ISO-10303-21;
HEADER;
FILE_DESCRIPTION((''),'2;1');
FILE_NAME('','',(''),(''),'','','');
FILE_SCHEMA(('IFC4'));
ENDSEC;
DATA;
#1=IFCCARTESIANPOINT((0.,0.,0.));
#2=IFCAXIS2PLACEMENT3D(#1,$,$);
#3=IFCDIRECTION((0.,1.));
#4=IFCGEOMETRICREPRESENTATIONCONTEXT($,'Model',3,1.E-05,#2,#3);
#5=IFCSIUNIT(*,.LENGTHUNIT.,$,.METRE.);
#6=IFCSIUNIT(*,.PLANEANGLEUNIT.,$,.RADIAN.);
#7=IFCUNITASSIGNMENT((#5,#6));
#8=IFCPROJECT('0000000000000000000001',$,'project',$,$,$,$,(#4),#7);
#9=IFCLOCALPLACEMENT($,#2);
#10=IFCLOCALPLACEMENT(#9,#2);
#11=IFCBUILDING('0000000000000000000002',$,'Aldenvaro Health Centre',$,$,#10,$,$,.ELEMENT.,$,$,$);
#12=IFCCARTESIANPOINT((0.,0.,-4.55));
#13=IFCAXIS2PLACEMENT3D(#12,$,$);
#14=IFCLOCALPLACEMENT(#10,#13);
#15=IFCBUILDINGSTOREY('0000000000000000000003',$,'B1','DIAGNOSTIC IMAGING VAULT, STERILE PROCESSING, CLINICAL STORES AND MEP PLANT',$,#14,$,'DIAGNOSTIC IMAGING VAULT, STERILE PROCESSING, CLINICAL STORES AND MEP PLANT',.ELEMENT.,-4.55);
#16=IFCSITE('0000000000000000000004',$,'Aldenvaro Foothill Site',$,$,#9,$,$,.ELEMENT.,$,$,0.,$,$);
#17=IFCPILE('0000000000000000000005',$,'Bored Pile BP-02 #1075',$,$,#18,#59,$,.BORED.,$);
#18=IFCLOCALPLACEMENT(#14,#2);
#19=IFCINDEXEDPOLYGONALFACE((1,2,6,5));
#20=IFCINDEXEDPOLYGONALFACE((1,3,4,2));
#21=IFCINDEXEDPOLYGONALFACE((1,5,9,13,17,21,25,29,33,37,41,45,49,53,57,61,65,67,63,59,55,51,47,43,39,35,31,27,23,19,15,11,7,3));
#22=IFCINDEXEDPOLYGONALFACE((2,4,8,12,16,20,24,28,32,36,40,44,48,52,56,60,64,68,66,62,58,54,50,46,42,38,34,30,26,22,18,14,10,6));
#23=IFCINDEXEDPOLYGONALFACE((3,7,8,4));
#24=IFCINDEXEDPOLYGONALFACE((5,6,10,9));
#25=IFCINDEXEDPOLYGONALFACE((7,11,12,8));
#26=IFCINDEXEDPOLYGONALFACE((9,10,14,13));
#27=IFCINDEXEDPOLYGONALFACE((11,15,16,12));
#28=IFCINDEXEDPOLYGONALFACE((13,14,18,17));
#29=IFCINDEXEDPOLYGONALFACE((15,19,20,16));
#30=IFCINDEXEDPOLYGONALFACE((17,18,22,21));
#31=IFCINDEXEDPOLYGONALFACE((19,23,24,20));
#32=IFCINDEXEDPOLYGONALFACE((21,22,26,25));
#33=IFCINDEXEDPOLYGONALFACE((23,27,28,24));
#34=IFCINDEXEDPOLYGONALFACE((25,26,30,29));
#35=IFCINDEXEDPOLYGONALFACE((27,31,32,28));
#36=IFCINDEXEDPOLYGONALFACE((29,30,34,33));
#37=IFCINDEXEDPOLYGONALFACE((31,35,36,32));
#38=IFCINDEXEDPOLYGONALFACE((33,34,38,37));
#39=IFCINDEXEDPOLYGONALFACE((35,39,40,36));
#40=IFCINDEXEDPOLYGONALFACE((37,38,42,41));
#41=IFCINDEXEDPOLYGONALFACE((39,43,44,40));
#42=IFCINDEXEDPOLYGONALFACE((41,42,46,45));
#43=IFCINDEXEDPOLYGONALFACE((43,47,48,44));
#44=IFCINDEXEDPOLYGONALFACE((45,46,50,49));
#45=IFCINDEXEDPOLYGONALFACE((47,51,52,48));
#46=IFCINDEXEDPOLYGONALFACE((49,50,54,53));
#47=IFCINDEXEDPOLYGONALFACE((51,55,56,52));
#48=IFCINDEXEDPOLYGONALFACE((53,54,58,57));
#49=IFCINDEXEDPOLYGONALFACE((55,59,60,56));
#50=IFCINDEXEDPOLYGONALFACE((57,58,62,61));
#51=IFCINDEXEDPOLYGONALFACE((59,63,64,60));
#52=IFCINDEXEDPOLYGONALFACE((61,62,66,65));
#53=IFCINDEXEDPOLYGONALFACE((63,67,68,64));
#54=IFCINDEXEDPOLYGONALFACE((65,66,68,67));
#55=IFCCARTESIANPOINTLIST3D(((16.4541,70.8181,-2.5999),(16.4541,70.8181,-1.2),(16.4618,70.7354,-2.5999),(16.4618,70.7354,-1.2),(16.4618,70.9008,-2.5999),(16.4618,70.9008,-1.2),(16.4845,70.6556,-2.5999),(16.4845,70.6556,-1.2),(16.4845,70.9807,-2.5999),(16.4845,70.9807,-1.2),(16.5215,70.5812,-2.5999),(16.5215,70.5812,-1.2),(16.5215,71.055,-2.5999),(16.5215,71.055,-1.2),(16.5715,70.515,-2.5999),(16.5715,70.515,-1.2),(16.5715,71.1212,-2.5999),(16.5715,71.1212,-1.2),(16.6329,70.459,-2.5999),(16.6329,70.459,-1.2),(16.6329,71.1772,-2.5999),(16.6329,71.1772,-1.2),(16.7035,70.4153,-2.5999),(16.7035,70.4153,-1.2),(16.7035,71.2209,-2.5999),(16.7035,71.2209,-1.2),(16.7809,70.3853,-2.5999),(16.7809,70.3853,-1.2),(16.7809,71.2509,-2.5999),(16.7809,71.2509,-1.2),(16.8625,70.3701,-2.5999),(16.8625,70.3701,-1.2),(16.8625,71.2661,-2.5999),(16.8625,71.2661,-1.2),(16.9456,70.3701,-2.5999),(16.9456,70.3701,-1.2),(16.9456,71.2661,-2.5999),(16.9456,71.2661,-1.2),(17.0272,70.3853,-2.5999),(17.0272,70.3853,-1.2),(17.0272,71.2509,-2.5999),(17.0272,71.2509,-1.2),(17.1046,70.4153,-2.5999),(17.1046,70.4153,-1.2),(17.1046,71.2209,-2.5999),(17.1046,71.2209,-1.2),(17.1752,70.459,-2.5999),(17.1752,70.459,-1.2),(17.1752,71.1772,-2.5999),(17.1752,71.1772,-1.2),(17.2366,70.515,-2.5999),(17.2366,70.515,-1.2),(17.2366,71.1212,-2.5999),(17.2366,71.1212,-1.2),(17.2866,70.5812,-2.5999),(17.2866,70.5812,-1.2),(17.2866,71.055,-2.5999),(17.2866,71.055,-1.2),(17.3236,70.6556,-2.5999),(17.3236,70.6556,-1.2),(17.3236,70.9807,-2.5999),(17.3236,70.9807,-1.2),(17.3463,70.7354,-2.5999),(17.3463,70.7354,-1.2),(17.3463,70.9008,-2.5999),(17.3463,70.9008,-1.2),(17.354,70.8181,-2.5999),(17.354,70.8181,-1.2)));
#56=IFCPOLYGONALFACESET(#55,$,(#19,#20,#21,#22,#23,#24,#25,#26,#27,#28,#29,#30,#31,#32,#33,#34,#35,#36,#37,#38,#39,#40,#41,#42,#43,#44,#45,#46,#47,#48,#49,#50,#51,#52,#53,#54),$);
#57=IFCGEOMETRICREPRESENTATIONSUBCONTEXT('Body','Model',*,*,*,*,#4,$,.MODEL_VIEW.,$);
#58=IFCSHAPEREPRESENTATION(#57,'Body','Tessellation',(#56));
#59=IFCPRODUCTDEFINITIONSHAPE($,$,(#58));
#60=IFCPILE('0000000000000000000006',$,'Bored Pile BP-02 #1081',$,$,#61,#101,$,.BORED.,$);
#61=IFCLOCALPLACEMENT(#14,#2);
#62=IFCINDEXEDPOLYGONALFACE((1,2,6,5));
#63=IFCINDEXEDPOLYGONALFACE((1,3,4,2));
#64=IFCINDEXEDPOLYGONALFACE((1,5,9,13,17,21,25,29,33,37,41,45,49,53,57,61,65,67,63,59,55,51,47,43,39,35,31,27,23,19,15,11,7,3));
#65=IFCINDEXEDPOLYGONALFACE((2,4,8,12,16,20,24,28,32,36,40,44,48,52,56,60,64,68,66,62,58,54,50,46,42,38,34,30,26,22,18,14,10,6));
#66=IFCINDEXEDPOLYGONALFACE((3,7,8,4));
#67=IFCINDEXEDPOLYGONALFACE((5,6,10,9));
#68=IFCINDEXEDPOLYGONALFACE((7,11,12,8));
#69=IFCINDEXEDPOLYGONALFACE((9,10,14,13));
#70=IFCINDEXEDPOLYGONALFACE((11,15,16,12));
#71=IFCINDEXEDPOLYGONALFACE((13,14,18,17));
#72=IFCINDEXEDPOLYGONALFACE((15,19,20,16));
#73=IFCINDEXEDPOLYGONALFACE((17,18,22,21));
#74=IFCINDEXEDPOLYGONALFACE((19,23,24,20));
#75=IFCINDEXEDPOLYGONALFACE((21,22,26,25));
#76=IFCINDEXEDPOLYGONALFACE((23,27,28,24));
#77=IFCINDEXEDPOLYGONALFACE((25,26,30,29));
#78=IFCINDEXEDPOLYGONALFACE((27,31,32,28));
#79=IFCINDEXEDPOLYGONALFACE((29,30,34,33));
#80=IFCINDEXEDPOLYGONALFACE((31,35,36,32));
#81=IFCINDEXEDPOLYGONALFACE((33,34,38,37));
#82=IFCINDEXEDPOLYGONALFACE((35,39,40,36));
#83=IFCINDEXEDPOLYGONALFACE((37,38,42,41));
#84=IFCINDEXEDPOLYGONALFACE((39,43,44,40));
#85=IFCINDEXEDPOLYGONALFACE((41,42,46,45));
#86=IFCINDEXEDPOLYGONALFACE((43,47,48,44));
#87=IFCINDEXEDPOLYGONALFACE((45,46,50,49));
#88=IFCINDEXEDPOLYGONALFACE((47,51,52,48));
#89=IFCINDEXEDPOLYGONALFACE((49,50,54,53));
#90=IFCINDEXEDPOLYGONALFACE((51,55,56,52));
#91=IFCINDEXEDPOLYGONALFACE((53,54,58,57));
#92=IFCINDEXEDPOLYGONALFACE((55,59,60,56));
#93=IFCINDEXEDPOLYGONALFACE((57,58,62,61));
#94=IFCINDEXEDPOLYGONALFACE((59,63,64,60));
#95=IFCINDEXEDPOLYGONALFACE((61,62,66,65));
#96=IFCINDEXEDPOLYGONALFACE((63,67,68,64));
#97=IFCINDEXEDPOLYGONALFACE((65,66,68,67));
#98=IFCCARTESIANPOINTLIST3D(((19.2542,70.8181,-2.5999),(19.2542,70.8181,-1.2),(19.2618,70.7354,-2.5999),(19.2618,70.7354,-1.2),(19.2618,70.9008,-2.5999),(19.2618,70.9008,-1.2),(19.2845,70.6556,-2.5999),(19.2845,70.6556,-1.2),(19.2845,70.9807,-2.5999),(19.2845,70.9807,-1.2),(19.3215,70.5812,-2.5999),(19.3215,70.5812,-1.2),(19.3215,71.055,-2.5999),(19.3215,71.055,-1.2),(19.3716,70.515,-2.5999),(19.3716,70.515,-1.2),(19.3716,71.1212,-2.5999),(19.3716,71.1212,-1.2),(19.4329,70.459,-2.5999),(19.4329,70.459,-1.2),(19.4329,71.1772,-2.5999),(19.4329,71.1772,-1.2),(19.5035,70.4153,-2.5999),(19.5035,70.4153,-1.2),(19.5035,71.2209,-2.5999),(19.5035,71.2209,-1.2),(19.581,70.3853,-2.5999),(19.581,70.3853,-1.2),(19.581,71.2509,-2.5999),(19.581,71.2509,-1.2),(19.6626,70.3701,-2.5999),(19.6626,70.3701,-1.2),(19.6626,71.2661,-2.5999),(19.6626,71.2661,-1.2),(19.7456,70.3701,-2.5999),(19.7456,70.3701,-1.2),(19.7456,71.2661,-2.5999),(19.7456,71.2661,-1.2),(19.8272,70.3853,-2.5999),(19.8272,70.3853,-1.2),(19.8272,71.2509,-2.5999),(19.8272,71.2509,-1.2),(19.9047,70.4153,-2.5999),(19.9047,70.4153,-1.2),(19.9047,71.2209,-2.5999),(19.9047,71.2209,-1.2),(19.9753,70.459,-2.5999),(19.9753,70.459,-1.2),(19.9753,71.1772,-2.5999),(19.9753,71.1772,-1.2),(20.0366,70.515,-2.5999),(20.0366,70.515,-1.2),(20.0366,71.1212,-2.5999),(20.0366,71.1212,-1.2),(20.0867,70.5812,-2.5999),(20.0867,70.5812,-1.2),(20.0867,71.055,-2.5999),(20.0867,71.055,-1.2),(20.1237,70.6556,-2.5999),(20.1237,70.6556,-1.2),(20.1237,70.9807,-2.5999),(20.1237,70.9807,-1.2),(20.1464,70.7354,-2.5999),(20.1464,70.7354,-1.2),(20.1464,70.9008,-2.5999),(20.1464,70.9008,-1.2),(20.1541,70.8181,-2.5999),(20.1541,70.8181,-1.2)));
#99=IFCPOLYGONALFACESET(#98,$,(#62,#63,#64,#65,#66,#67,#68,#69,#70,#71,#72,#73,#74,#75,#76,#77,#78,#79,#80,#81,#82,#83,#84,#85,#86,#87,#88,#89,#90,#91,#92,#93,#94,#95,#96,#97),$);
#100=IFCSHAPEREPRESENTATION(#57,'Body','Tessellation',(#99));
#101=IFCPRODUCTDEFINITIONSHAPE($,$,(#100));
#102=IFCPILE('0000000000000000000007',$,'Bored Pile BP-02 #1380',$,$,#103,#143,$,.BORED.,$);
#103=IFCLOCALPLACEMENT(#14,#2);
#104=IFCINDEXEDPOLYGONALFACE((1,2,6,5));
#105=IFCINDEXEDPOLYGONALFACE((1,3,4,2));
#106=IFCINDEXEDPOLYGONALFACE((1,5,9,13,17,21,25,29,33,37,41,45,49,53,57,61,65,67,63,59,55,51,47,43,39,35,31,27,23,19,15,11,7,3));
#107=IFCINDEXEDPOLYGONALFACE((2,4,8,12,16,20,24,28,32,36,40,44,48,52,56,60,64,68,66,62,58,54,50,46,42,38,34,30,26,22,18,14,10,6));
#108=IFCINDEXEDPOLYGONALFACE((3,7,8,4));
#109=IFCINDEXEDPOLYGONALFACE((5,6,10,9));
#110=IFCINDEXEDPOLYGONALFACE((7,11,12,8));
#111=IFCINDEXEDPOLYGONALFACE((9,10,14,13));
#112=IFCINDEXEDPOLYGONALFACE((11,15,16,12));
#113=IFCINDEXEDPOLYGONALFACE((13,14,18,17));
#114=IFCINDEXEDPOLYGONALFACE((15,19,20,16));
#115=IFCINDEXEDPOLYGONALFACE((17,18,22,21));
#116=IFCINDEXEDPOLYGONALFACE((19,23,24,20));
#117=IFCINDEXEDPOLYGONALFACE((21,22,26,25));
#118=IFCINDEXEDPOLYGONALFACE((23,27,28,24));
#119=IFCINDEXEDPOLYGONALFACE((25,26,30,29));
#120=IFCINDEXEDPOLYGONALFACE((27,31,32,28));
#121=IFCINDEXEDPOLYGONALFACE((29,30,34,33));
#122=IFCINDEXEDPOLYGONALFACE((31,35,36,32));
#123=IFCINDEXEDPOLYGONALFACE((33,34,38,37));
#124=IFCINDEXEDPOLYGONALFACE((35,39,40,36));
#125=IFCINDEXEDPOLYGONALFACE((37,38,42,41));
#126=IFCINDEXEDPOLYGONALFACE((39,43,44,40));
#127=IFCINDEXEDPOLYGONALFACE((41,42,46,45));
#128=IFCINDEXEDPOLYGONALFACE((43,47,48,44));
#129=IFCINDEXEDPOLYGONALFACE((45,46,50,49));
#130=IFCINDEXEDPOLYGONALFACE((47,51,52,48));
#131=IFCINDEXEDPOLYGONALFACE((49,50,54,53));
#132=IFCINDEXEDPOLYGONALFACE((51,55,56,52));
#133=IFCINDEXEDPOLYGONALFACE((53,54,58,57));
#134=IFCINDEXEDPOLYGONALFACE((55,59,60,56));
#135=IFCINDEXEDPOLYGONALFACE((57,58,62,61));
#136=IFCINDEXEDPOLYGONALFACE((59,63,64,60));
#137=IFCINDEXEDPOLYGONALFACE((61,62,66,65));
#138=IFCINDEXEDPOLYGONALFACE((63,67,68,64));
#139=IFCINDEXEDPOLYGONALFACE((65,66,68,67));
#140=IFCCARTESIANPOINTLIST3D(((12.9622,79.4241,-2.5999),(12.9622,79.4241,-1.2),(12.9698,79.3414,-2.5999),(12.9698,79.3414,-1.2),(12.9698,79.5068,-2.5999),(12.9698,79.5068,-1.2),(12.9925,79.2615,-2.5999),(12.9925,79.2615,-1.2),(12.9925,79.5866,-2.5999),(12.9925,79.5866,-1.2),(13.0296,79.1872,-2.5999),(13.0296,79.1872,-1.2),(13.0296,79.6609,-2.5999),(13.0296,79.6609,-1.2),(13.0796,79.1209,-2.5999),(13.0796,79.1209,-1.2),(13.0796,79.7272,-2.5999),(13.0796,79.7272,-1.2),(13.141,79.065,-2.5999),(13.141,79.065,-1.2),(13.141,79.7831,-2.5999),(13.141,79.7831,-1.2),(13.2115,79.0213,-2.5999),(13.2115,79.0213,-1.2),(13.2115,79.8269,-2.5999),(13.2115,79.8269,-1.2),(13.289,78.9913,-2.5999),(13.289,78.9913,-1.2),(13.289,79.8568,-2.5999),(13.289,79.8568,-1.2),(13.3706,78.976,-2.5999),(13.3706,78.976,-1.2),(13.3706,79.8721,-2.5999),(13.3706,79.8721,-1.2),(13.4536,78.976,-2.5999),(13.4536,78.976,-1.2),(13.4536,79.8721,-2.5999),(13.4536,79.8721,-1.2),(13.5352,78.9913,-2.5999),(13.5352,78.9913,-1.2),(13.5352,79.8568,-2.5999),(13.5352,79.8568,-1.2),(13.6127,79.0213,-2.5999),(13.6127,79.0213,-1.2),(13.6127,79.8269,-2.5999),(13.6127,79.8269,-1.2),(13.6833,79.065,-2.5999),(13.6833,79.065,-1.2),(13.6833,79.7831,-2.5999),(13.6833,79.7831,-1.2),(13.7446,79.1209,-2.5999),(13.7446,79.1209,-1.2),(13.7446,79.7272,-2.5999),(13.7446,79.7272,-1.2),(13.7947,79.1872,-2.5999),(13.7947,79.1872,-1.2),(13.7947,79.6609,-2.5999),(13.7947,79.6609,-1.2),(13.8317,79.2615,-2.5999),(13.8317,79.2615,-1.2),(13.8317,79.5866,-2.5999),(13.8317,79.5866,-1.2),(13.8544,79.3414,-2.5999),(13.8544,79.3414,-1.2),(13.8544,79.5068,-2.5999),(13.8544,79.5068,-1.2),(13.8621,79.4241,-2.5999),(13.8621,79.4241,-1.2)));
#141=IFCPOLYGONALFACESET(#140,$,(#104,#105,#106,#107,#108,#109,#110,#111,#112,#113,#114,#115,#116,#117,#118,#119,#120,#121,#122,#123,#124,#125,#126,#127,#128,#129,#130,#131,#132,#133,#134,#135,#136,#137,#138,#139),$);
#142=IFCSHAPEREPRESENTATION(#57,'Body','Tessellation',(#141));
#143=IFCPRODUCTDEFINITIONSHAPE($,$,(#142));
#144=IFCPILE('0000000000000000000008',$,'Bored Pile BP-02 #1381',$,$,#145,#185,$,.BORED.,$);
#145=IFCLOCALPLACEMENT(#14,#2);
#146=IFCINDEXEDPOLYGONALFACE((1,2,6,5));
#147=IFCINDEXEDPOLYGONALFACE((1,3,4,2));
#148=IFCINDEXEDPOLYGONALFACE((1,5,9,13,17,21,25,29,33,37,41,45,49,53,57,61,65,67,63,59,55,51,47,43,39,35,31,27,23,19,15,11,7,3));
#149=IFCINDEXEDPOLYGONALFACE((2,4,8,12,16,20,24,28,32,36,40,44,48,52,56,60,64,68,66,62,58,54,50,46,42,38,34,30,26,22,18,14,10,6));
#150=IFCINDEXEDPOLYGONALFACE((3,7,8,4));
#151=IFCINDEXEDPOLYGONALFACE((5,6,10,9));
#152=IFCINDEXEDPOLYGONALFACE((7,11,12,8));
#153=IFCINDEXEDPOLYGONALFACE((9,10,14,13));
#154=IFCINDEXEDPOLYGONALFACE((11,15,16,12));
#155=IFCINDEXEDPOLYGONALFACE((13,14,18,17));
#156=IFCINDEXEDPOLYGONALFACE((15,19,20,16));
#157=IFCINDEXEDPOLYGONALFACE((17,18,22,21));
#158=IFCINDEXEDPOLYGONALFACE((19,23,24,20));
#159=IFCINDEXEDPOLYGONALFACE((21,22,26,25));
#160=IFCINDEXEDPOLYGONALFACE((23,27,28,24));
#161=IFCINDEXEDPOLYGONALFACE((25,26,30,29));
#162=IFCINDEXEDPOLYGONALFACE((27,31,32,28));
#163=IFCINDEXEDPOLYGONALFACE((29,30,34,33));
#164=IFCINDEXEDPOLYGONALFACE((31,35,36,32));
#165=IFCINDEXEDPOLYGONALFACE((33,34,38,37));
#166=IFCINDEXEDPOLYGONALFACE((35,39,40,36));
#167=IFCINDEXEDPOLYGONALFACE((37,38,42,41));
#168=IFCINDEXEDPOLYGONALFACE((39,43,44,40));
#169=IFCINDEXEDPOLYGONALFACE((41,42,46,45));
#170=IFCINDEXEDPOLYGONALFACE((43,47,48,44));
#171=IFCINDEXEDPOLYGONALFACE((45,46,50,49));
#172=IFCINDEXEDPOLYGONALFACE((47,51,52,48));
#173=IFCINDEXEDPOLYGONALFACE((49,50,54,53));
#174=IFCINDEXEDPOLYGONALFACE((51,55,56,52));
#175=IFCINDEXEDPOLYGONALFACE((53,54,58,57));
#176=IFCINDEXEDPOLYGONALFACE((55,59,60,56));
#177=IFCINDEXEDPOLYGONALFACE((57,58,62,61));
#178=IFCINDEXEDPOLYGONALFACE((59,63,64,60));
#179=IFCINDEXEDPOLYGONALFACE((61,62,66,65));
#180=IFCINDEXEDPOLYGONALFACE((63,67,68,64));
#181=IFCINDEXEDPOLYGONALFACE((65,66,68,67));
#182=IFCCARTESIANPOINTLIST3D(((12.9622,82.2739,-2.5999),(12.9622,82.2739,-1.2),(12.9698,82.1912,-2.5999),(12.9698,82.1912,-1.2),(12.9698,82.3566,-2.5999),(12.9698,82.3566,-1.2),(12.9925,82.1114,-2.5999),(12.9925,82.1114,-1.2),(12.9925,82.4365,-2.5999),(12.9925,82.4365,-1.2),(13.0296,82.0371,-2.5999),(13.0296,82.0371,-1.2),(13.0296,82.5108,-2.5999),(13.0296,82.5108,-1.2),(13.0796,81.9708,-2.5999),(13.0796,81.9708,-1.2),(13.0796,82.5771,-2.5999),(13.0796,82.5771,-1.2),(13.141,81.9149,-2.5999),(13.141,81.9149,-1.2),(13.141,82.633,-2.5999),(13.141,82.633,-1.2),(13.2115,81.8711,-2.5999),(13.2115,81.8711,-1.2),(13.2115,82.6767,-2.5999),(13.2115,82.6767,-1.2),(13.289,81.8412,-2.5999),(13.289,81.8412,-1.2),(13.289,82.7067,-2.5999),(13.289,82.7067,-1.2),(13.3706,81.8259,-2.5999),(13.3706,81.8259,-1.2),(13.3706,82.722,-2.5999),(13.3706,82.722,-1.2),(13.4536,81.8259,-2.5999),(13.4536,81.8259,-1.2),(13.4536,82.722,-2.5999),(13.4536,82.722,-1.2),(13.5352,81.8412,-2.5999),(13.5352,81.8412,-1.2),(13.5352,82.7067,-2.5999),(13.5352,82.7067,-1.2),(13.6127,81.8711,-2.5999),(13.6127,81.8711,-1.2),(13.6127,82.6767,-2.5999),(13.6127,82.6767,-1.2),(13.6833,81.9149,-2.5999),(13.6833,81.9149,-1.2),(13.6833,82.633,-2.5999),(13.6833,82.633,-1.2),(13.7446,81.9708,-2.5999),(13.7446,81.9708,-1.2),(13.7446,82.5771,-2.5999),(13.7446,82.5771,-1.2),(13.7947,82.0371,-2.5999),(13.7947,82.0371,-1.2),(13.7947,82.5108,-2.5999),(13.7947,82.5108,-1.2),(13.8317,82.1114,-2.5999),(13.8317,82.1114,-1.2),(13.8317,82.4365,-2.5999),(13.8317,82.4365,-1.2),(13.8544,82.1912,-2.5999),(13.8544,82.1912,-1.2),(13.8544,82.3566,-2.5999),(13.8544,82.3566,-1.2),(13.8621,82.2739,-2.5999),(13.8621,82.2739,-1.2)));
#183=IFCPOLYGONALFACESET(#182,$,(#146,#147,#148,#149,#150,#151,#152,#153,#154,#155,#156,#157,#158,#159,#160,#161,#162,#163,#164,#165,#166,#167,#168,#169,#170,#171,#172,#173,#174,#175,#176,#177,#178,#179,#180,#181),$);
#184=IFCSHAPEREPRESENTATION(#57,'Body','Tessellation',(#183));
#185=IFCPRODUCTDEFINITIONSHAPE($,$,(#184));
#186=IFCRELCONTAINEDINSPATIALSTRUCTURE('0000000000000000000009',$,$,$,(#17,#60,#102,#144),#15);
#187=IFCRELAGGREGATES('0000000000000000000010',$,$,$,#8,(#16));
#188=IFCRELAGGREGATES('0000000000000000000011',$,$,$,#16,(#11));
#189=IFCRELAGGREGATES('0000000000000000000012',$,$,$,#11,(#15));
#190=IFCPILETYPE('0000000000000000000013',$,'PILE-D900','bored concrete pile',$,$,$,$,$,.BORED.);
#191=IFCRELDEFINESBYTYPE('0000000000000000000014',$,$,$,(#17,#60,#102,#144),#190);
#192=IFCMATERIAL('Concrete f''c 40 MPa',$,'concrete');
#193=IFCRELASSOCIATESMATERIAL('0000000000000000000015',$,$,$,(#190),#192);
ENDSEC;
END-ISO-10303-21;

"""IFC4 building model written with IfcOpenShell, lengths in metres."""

from ifc_helpers import new_model, si_unit, direction, frame, origin, origin_2d, place, context, subcontext, project, spatial, circle, extrude, material, material_profile, profile_set, type_object, element, save


model = new_model("IFC4")

# Units and contexts
model_context = context("Model", 3, precision=1e-05, world=origin(), true_north=direction((0.0, 1.0)))
body_context = subcontext(model_context, "Body", "Model", "MODEL_VIEW")
ifc_project = project(units=[si_unit("LENGTHUNIT", "METRE"), si_unit("PLANEANGLEUNIT", "RADIAN")], contexts=[model_context])

# Site, building, storey
site_placement = place(None, origin())
site = spatial("IfcSite", under=ifc_project, at=site_placement, Name="Aldenvaro Foothill Site", CompositionType="ELEMENT", RefElevation=0.0)
building_placement = place(site_placement, origin())
building = spatial("IfcBuilding", under=site, at=building_placement, Name="Aldenvaro Health Centre", CompositionType="ELEMENT")
storey_placement = place(building_placement, frame((0.0, 0.0, -4.55)))
storey = spatial("IfcBuildingStorey", under=building, at=storey_placement, Name="B1", Description="DIAGNOSTIC IMAGING VAULT, STERILE PROCESSING, CLINICAL STORES AND MEP PLANT", LongName="DIAGNOSTIC IMAGING VAULT, STERILE PROCESSING, CLINICAL STORES AND MEP PLANT", CompositionType="ELEMENT", Elevation=-4.55)

# Shared definitions
ifc_material = material(Name="Concrete f'c 40 MPa", Category="concrete")

# Piles
ifc_material_profile_1 = material_profile(ifc_material, circle(Radius=0.45, at=origin_2d()), Name="PILE D900", Category="concrete")
ifc_profile_set_1 = profile_set([ifc_material_profile_1], Name="Concrete f'c 40 MPa")
pile_type_1 = type_object("IfcPileType", Name="PILE-D900", Description="bored concrete pile", PredefinedType="BORED", material=ifc_profile_set_1)
for number, where, z_axis, x_axis, name in (
    (1, (16.9041, 70.8181, -1.2), (0.0, 0.0, -1.0), (1.0, 0.0, 0.0), "Bored Pile BP-02 #1075"),
    (2, (19.7041, 70.8181, -1.2), (0.0, 0.0, -1.0), (1.0, 0.0, 0.0), "Bored Pile BP-02 #1081"),
    (3, (13.4121, 79.4241, -1.2), (0.0, 0.0, -1.0), (1.0, 0.0, 0.0), "Bored Pile BP-02 #1380"),
    (4, (13.4121, 82.2739, -1.2), (0.0, 0.0, -1.0), (1.0, 0.0, 0.0), "Bored Pile BP-02 #1381"),
):
    element("IfcPile", number, at=place(storey_placement, frame(where, z_axis=z_axis, x_axis=x_axis)), inside=storey, type_object=pile_type_1, Name=name, PredefinedType="BORED", context=body_context, shape_type="SweptSolid", body=[
        extrude(circle(Radius=0.45, at=origin_2d()), origin(), (0.0, 0.0, 1.0), 1.3999),
    ])

save(model, "model.ifc")
